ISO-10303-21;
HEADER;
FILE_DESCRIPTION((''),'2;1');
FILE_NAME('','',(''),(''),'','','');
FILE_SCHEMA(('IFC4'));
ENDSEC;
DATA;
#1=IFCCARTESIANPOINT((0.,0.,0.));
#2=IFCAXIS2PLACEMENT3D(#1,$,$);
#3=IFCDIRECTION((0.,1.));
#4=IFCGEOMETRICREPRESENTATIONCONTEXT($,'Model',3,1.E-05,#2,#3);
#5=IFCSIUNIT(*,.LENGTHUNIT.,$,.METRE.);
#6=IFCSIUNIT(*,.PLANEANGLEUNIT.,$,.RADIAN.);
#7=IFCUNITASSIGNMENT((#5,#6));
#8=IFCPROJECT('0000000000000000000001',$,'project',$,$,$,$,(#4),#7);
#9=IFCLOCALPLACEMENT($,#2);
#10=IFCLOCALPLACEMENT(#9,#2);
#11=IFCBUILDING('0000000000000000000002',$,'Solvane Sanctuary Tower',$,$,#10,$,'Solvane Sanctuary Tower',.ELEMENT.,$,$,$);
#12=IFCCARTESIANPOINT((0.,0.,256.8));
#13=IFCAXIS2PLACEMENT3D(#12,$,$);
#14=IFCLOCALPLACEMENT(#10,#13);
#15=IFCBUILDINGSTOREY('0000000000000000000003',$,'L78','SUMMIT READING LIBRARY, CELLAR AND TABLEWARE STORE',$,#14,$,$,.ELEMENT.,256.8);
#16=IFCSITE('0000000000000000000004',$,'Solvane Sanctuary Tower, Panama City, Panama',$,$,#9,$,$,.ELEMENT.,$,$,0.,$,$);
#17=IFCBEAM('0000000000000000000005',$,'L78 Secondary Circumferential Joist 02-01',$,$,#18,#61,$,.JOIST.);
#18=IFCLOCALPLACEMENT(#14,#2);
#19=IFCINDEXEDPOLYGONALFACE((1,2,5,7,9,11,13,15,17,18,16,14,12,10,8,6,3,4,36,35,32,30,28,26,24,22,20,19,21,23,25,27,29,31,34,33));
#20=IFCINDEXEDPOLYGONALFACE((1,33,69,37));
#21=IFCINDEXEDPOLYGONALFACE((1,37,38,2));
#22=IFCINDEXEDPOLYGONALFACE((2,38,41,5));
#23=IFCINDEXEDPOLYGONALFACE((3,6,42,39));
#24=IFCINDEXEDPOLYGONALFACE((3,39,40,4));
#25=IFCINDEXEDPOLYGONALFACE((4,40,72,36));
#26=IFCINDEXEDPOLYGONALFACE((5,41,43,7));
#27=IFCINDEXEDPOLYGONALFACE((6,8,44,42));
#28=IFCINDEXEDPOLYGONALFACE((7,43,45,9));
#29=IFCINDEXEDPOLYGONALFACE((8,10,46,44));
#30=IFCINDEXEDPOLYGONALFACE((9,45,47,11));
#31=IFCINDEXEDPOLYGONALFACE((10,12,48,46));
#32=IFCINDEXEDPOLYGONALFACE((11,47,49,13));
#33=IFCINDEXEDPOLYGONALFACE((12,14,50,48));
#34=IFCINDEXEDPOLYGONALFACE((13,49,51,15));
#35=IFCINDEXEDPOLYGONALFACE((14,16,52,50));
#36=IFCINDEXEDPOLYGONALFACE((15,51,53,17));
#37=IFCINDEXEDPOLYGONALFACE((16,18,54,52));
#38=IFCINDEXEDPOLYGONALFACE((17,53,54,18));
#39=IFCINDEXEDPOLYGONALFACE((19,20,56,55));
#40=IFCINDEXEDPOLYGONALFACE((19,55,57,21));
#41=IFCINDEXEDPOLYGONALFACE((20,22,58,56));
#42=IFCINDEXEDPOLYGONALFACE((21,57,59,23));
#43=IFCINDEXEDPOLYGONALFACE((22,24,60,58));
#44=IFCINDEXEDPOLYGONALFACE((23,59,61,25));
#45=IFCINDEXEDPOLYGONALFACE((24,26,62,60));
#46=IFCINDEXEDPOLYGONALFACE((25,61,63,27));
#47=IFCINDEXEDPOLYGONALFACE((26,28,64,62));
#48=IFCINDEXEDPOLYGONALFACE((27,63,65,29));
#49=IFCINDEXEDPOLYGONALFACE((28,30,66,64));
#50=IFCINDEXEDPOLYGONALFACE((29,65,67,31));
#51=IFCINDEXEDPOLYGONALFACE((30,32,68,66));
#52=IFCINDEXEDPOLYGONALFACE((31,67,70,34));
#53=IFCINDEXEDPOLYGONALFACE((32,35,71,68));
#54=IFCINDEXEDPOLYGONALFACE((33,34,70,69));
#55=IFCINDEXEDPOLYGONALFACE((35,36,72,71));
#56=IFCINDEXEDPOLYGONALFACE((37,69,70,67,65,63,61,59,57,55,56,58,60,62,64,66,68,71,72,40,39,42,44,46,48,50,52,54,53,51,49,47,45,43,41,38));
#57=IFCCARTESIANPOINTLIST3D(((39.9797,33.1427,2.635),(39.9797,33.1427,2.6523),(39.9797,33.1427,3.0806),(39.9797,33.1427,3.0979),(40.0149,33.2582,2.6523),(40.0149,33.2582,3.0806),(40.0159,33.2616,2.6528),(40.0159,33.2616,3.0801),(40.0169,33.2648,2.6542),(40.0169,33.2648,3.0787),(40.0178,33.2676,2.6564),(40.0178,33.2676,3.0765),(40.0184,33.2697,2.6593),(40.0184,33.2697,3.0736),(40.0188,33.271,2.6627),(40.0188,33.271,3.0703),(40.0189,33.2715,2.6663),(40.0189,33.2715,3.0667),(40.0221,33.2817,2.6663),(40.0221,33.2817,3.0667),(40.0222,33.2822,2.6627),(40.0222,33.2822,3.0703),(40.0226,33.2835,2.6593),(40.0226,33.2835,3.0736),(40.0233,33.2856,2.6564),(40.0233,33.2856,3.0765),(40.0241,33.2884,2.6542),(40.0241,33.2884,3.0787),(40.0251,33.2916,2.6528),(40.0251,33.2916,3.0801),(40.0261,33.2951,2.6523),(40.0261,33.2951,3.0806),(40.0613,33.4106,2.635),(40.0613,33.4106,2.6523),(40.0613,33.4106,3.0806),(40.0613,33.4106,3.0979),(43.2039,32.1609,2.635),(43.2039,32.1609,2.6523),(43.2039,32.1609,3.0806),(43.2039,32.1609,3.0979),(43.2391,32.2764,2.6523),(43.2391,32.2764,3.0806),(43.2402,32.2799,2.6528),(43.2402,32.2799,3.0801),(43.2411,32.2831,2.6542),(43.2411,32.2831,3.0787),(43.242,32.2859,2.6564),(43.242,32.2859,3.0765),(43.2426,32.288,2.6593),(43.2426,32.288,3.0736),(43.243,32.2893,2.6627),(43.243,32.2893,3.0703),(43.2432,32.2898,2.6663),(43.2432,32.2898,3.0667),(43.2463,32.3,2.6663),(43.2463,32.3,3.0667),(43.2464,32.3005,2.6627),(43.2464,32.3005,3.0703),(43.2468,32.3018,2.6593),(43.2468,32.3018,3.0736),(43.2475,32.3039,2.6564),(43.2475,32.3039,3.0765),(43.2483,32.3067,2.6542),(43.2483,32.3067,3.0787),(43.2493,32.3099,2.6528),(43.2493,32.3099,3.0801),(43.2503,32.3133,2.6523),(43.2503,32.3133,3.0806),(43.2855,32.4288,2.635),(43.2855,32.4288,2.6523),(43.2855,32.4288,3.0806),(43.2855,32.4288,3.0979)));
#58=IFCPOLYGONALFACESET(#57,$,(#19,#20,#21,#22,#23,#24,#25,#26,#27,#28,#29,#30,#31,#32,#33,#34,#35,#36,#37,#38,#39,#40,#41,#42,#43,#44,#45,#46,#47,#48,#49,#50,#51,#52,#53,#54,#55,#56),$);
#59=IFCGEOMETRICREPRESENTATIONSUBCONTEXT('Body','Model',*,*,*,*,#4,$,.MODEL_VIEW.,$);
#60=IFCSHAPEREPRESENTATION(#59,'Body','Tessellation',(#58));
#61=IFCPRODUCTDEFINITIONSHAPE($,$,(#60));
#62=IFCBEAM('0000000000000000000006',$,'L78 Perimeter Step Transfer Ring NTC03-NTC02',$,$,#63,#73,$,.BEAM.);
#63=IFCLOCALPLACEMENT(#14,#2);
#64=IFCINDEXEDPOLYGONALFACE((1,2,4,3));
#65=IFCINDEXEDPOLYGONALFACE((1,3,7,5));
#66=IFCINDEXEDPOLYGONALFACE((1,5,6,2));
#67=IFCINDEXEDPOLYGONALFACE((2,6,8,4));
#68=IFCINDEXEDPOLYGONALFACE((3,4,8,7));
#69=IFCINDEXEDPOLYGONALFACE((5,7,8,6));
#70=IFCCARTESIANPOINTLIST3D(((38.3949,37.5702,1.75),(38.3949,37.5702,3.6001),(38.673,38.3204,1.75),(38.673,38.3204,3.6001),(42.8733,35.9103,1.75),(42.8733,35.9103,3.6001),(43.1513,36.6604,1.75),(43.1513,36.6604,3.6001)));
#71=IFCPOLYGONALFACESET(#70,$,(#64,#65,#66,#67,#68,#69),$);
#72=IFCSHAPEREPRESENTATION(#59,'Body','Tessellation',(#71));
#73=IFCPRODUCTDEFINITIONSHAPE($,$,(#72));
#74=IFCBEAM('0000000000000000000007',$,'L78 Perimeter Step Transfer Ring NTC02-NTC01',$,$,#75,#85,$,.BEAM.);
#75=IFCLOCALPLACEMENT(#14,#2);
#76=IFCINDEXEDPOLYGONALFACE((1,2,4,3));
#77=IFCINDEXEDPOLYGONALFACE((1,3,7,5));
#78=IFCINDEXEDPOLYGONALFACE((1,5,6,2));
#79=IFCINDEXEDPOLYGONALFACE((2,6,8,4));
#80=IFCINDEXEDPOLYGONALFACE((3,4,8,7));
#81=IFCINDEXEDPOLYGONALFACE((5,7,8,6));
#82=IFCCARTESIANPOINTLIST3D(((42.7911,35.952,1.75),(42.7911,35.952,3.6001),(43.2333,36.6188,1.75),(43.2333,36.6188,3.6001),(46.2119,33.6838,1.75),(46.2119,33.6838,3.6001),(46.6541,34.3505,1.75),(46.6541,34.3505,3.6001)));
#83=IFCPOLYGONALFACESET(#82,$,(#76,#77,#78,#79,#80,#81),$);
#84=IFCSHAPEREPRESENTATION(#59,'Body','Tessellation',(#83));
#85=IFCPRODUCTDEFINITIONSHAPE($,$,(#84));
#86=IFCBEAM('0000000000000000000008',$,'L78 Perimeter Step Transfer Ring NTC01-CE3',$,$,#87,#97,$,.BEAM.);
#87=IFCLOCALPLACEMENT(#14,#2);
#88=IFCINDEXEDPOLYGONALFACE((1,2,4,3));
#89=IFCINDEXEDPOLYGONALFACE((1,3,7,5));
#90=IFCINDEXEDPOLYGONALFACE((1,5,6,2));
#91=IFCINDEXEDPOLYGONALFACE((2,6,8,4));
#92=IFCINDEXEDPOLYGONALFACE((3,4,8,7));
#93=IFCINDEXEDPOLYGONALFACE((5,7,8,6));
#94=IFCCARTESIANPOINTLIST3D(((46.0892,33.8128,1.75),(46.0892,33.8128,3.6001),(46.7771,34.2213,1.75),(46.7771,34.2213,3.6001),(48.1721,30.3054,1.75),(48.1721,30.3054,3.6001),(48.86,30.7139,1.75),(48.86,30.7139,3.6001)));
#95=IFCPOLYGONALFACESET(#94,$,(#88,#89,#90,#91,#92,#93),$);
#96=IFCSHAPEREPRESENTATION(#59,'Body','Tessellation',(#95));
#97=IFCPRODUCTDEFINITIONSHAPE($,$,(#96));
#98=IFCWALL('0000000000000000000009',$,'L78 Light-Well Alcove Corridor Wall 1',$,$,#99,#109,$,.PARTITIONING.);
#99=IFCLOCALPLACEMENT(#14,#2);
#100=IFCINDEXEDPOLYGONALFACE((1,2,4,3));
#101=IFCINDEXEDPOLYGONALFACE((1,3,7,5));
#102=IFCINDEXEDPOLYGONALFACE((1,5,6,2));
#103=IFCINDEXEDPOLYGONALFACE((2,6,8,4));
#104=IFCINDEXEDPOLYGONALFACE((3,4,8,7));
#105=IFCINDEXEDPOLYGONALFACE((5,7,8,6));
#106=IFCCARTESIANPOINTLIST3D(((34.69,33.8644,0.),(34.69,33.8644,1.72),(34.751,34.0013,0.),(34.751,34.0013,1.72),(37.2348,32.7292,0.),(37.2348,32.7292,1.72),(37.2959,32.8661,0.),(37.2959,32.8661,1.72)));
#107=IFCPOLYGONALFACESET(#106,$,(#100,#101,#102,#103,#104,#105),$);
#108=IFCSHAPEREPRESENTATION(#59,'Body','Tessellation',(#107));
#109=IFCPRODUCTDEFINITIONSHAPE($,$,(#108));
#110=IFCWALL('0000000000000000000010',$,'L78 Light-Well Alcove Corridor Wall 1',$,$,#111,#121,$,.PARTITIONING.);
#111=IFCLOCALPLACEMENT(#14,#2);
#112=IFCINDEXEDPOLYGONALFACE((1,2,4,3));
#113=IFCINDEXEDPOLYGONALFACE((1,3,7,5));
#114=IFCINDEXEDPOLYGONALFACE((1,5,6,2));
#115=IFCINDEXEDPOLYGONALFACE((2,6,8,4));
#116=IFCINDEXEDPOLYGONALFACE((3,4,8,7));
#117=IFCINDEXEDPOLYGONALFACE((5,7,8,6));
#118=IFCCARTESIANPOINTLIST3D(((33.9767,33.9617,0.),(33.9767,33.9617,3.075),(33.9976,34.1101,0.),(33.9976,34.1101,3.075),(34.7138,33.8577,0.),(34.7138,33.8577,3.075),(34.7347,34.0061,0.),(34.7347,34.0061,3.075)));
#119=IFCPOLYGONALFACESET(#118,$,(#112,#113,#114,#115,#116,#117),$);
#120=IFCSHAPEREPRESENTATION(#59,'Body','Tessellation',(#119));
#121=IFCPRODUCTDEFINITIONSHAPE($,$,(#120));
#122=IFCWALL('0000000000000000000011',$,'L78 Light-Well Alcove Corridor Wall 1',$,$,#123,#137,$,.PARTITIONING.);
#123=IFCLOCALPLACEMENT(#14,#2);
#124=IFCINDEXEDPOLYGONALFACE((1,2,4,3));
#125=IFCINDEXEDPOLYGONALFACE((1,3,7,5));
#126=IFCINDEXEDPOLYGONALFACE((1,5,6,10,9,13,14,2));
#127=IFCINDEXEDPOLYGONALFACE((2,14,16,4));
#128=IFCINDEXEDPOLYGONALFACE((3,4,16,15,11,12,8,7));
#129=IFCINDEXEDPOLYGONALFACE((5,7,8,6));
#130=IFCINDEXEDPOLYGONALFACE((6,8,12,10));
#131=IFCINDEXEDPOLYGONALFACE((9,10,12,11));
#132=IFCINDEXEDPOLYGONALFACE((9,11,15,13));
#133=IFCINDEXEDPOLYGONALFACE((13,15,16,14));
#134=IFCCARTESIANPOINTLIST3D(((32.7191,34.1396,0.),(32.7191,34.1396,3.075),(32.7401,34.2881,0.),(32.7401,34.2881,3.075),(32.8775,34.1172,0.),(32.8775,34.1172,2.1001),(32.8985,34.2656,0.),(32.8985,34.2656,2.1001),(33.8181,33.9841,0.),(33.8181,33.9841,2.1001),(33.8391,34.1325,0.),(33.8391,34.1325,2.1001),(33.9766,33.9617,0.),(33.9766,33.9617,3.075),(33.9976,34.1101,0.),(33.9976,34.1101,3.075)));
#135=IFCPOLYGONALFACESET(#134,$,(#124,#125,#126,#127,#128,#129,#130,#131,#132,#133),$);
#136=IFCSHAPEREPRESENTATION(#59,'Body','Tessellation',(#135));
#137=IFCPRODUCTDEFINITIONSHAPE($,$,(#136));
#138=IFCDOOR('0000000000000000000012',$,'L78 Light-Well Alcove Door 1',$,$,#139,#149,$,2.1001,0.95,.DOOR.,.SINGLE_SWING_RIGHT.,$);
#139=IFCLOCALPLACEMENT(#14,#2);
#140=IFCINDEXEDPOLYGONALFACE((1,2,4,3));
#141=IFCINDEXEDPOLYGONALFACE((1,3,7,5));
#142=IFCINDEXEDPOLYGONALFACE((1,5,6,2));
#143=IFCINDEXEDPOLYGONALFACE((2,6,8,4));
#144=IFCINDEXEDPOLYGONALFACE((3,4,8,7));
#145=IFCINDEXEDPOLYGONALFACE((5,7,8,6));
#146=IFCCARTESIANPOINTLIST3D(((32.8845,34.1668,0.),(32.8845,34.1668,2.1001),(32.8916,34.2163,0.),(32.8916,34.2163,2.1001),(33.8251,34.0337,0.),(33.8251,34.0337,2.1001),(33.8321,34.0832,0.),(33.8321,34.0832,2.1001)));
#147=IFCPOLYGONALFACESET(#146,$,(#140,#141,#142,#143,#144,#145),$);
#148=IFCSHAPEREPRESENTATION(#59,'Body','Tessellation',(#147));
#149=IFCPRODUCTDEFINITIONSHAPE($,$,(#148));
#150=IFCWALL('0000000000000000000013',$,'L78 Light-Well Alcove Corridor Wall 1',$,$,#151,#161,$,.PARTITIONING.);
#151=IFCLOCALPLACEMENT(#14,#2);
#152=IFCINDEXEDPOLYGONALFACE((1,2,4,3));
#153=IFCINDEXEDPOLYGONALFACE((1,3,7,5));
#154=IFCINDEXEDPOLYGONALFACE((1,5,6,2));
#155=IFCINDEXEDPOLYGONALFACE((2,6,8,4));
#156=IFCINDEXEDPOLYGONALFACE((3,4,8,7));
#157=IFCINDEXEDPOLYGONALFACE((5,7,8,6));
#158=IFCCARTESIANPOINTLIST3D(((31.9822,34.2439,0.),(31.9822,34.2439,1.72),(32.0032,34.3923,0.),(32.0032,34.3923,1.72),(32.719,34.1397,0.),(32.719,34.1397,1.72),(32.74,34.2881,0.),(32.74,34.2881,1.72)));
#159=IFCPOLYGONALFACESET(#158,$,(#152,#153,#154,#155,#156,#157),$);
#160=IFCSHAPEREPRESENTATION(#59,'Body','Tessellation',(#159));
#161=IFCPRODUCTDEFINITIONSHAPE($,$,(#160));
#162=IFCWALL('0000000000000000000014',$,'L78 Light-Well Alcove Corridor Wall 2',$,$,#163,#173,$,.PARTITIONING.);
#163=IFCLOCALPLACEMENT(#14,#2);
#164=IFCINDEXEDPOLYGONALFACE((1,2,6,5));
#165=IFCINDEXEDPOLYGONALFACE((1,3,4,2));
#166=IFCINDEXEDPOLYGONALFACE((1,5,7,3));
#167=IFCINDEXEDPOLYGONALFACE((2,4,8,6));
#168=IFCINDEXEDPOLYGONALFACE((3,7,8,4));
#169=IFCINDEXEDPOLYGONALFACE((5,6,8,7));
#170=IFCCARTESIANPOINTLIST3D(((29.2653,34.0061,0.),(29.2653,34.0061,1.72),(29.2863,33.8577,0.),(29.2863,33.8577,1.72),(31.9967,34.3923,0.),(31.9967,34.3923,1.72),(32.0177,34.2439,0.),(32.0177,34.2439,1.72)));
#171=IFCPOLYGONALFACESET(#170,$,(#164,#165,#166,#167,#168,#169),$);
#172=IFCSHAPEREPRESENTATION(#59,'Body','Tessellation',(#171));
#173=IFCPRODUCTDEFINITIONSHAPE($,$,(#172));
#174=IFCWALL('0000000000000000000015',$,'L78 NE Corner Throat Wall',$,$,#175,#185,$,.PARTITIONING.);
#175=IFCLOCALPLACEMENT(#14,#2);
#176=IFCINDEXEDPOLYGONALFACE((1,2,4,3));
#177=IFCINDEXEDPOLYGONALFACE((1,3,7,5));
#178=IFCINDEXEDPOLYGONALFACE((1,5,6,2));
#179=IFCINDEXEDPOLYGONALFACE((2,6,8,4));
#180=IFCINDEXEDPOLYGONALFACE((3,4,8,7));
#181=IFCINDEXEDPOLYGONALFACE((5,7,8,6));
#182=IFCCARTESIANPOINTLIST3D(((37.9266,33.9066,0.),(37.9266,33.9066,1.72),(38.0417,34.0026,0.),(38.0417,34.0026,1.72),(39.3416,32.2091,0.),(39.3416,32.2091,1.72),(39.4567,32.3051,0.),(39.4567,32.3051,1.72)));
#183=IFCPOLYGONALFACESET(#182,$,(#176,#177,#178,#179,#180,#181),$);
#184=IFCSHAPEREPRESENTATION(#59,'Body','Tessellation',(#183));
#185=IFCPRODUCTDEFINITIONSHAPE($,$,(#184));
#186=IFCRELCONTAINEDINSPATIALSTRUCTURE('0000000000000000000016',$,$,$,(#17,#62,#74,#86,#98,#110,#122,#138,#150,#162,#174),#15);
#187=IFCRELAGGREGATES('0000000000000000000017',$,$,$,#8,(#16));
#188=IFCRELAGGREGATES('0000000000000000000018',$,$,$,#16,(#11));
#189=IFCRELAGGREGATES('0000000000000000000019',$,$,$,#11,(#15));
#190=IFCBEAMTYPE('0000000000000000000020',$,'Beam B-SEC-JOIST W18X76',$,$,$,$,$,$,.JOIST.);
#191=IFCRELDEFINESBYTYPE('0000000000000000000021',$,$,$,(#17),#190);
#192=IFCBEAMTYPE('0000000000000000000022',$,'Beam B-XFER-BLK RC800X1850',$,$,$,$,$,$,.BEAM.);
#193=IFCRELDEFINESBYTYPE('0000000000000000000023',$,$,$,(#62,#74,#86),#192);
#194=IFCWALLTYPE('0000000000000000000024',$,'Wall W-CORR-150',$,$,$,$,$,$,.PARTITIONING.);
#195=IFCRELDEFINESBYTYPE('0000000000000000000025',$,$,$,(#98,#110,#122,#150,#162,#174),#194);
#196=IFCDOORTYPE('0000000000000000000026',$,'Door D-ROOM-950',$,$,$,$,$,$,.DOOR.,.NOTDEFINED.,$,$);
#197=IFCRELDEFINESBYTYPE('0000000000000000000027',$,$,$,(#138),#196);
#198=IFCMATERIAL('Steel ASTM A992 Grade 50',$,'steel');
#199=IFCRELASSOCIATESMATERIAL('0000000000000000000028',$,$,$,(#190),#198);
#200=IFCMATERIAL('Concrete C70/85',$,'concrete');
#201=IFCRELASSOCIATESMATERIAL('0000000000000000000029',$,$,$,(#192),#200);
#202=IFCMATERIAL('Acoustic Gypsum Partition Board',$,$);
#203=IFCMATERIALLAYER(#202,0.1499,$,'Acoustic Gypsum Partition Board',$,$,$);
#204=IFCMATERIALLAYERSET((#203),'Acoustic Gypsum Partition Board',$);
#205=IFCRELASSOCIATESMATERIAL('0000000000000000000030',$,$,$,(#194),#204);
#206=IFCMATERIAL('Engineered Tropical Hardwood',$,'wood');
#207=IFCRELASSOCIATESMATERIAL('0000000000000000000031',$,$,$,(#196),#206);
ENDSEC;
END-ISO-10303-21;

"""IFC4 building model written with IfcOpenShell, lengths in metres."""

from ifc_helpers import new_model, si_unit, direction, frame, frame_2d, origin, origin_2d, place, context, subcontext, project, spatial, rectangle, i_section, extrude, material, layer, layer_set, material_profile, profile_set, type_object, element, fill, save


model = new_model("IFC4")

# Units and contexts
model_context = context("Model", 3, precision=1e-05, world=origin(), true_north=direction((0.0, 1.0)))
body_context = subcontext(model_context, "Body", "Model", "MODEL_VIEW")
ifc_project = project(units=[si_unit("LENGTHUNIT", "METRE"), si_unit("PLANEANGLEUNIT", "RADIAN")], contexts=[model_context])

# Site, building, storey
site_placement = place(None, origin())
site = spatial("IfcSite", under=ifc_project, at=site_placement, Name="Solvane Sanctuary Tower, Panama City, Panama", CompositionType="ELEMENT", RefElevation=0.0)
building_placement = place(site_placement, origin())
building = spatial("IfcBuilding", under=site, at=building_placement, Name="Solvane Sanctuary Tower", LongName="Solvane Sanctuary Tower", CompositionType="ELEMENT")
storey_placement = place(building_placement, frame((0.0, 0.0, 256.8)))
storey = spatial("IfcBuildingStorey", under=building, at=storey_placement, Name="L78", Description="SUMMIT READING LIBRARY, CELLAR AND TABLEWARE STORE", CompositionType="ELEMENT", Elevation=256.8)

# Beams
ifc_material_1 = material(Name="Steel ASTM A992 Grade 50", Category="steel")
ifc_material_profile_1 = material_profile(ifc_material_1, i_section(OverallWidth=0.28, OverallDepth=0.4629, WebThickness=0.0107, FlangeThickness=0.0173, FilletRadius=0.0139, at=origin_2d()), Name="W18X76")
ifc_profile_set_1 = profile_set([ifc_material_profile_1], Name="Steel ASTM A992 Grade 50")
beam_type_1 = type_object("IfcBeamType", Name="Beam B-SEC-JOIST W18X76", PredefinedType="JOIST", material=ifc_profile_set_1)
beam_1_placement = place(storey_placement, frame((40.0205, 33.2766, 2.8665), z_axis=(0.956638, -0.29128, 0.0), x_axis=(0.29128, 0.956638, 0.0)))
element("IfcBeam", 1, at=beam_1_placement, inside=storey, type_object=beam_type_1, Name="L78 Secondary Circumferential Joist 02-01", PredefinedType="JOIST", context=body_context, shape_type="SweptSolid", body=[
    extrude(i_section(OverallWidth=0.28, OverallDepth=0.4629, WebThickness=0.0107, FlangeThickness=0.0173, FilletRadius=0.0139, at=origin_2d()), origin(), (0.0, 0.0, 1.0), 3.3704),
])
ifc_material_2 = material(Name="Concrete C70/85", Category="concrete")
ifc_material_profile_2 = material_profile(ifc_material_2, rectangle(XDim=0.8, YDim=1.8501, at=origin_2d()), Name="RC800X1850")
ifc_profile_set_2 = profile_set([ifc_material_profile_2], Name="Concrete C70/85")
beam_type_2 = type_object("IfcBeamType", Name="Beam B-XFER-BLK RC800X1850", PredefinedType="BEAM", material=ifc_profile_set_2)
beam_2_placement = place(storey_placement, frame((38.5339, 37.9453, 2.675), z_axis=(0.937661, -0.347552, 0.0), x_axis=(0.347552, 0.937661, 0.0)))
element("IfcBeam", 2, at=beam_2_placement, inside=storey, type_object=beam_type_2, Name="L78 Perimeter Step Transfer Ring NTC03-NTC02", PredefinedType="BEAM", context=body_context, shape_type="SweptSolid", body=[
    extrude(rectangle(XDim=0.8, YDim=1.8501, at=origin_2d()), origin(), (0.0, 0.0, 1.0), 4.7761),
])
beam_3_placement = place(storey_placement, frame((43.0122, 36.2854, 2.675), z_axis=(0.833429, -0.552626, 0.0), x_axis=(0.552626, 0.833429, 0.0)))
element("IfcBeam", 3, at=beam_3_placement, inside=storey, type_object=beam_type_2, Name="L78 Perimeter Step Transfer Ring NTC02-NTC01", PredefinedType="BEAM", context=body_context, shape_type="SweptSolid", body=[
    extrude(rectangle(XDim=0.8, YDim=1.8501, at=origin_2d()), origin(), (0.0, 0.0, 1.0), 4.1045),
])
beam_4_placement = place(storey_placement, frame((46.4331, 34.0171, 2.675), z_axis=(0.510609, -0.859813, 0.0), x_axis=(0.859813, 0.510609, 0.0)))
element("IfcBeam", 4, at=beam_4_placement, inside=storey, type_object=beam_type_2, Name="L78 Perimeter Step Transfer Ring NTC01-CE3", PredefinedType="BEAM", context=body_context, shape_type="SweptSolid", body=[
    extrude(rectangle(XDim=0.8, YDim=1.8501, at=origin_2d()), origin(), (0.0, 0.0, 1.0), 4.0793),
])

# Walls
ifc_material_3 = material(Name="Acoustic Gypsum Partition Board")
ifc_layer_1 = layer(ifc_material_3, 0.1499, Name="Acoustic Gypsum Partition Board")
ifc_layer_set_1 = layer_set([ifc_layer_1], Name="Acoustic Gypsum Partition Board")
wall_type_1 = type_object("IfcWallType", Name="Wall W-CORR-150", PredefinedType="PARTITIONING", material=ifc_layer_set_1)
wall_1_placement = place(storey_placement, frame((37.2654, 32.7976, 0.0), z_axis=(0.0, 0.0, 1.0), x_axis=(-0.913254, 0.40739, 0.0)))
element("IfcWall", 5, at=wall_1_placement, inside=storey, type_object=wall_type_1, Name="L78 Light-Well Alcove Corridor Wall 1", PredefinedType="PARTITIONING", context=body_context, shape_type="SweptSolid", body=[
    extrude(rectangle(XDim=2.7866, YDim=0.1499, at=frame_2d((1.3933, 0.0))), origin(), (0.0, 0.0, 1.0), 1.72),
])
wall_2_placement = place(storey_placement, frame((34.7241, 33.9319, 0.0), z_axis=(0.0, 0.0, 1.0), x_axis=(-0.990191, 0.139722, 0.0)))
element("IfcWall", 6, at=wall_2_placement, inside=storey, type_object=wall_type_1, Name="L78 Light-Well Alcove Corridor Wall 1", PredefinedType="PARTITIONING", context=body_context, shape_type="SweptSolid", body=[
    extrude(rectangle(XDim=0.7444, YDim=0.1499, at=frame_2d((0.3721, 0.0))), origin(), (0.0, 0.0, 1.0), 3.075),
])

# Wall, opening, door
wall_3_placement = place(storey_placement, frame((33.9871, 34.0359, 0.0), z_axis=(0.0, 0.0, 1.0), x_axis=(-0.990133, 0.14013, 0.0)))
wall_3 = element("IfcWall", 7, at=wall_3_placement, inside=storey, type_object=wall_type_1, Name="L78 Light-Well Alcove Corridor Wall 1", PredefinedType="PARTITIONING", context=body_context, shape_type="SweptSolid", body=[
    extrude(rectangle(XDim=1.27, YDim=0.1499, at=frame_2d((0.635, 0.0))), origin(), (0.0, 0.0, 1.0), 3.075),
])
opening_1_placement = place(wall_3_placement, frame((0.1599, 0.0, 0.0)))
opening_1 = element("IfcOpeningElement", 8, at=opening_1_placement, cuts=wall_3, PredefinedType="OPENING", context=body_context, shape_type="SweptSolid", body=[
    extrude(rectangle(XDim=0.95, YDim=2.1001, at=frame_2d((0.4751, 1.05))), frame((0.0, 0.085, 0.0), z_axis=(0.0, -1.0, 0.0), x_axis=(1.0, 0.0, 0.0)), (0.0, 0.0, 1.0), 0.1699),
])
ifc_material_4 = material(Name="Engineered Tropical Hardwood", Category="wood")
door_type = type_object("IfcDoorType", Name="Door D-ROOM-950", OperationType="NOTDEFINED", PredefinedType="DOOR", material=ifc_material_4)
door_1_placement = place(opening_1_placement, origin())
door_1 = element("IfcDoor", 9, at=door_1_placement, inside=storey, type_object=door_type, Name="L78 Light-Well Alcove Door 1", OperationType="SINGLE_SWING_RIGHT", OverallHeight=2.1001, OverallWidth=0.95, PredefinedType="DOOR", context=body_context, shape_type="SweptSolid", body=[
    extrude(rectangle(XDim=0.95, YDim=2.1001, at=frame_2d((0.4751, 1.05))), frame((0.0, 0.0249, 0.0), z_axis=(0.0, -1.0, 0.0), x_axis=(1.0, 0.0, 0.0)), (0.0, 0.0, 1.0), 0.05),
])
fill(opening_1, door_1)

# Walls
wall_4_placement = place(storey_placement, frame((32.7295, 34.2139, 0.0), z_axis=(0.0, 0.0, 1.0), x_axis=(-0.990139, 0.140089, 0.0)))
element("IfcWall", 10, at=wall_4_placement, inside=storey, type_object=wall_type_1, Name="L78 Light-Well Alcove Corridor Wall 1", PredefinedType="PARTITIONING", context=body_context, shape_type="SweptSolid", body=[
    extrude(rectangle(XDim=0.7441, YDim=0.1499, at=frame_2d((0.3721, 0.0))), origin(), (0.0, 0.0, 1.0), 1.72),
])
wall_5_placement = place(storey_placement, frame((32.0073, 34.3181, 0.0), z_axis=(0.0, 0.0, 1.0), x_axis=(-0.99015, -0.140009, 0.0)))
element("IfcWall", 11, at=wall_5_placement, inside=storey, type_object=wall_type_1, Name="L78 Light-Well Alcove Corridor Wall 2", PredefinedType="PARTITIONING", context=body_context, shape_type="SweptSolid", body=[
    extrude(rectangle(XDim=2.7585, YDim=0.1499, at=frame_2d((1.3794, 0.0))), origin(), (0.0, 0.0, 1.0), 1.72),
])
wall_6_placement = place(storey_placement, frame((37.9841, 33.9546, 0.0), z_axis=(0.0, 0.0, 1.0), x_axis=(0.640304, -0.768122, 0.0)))
element("IfcWall", 12, at=wall_6_placement, inside=storey, type_object=wall_type_1, Name="L78 NE Corner Throat Wall", PredefinedType="PARTITIONING", context=body_context, shape_type="SweptSolid", body=[
    extrude(rectangle(XDim=2.21, YDim=0.1499, at=frame_2d((1.105, 0.0))), origin(), (0.0, 0.0, 1.0), 1.72),
])

save(model, "model.ifc")
